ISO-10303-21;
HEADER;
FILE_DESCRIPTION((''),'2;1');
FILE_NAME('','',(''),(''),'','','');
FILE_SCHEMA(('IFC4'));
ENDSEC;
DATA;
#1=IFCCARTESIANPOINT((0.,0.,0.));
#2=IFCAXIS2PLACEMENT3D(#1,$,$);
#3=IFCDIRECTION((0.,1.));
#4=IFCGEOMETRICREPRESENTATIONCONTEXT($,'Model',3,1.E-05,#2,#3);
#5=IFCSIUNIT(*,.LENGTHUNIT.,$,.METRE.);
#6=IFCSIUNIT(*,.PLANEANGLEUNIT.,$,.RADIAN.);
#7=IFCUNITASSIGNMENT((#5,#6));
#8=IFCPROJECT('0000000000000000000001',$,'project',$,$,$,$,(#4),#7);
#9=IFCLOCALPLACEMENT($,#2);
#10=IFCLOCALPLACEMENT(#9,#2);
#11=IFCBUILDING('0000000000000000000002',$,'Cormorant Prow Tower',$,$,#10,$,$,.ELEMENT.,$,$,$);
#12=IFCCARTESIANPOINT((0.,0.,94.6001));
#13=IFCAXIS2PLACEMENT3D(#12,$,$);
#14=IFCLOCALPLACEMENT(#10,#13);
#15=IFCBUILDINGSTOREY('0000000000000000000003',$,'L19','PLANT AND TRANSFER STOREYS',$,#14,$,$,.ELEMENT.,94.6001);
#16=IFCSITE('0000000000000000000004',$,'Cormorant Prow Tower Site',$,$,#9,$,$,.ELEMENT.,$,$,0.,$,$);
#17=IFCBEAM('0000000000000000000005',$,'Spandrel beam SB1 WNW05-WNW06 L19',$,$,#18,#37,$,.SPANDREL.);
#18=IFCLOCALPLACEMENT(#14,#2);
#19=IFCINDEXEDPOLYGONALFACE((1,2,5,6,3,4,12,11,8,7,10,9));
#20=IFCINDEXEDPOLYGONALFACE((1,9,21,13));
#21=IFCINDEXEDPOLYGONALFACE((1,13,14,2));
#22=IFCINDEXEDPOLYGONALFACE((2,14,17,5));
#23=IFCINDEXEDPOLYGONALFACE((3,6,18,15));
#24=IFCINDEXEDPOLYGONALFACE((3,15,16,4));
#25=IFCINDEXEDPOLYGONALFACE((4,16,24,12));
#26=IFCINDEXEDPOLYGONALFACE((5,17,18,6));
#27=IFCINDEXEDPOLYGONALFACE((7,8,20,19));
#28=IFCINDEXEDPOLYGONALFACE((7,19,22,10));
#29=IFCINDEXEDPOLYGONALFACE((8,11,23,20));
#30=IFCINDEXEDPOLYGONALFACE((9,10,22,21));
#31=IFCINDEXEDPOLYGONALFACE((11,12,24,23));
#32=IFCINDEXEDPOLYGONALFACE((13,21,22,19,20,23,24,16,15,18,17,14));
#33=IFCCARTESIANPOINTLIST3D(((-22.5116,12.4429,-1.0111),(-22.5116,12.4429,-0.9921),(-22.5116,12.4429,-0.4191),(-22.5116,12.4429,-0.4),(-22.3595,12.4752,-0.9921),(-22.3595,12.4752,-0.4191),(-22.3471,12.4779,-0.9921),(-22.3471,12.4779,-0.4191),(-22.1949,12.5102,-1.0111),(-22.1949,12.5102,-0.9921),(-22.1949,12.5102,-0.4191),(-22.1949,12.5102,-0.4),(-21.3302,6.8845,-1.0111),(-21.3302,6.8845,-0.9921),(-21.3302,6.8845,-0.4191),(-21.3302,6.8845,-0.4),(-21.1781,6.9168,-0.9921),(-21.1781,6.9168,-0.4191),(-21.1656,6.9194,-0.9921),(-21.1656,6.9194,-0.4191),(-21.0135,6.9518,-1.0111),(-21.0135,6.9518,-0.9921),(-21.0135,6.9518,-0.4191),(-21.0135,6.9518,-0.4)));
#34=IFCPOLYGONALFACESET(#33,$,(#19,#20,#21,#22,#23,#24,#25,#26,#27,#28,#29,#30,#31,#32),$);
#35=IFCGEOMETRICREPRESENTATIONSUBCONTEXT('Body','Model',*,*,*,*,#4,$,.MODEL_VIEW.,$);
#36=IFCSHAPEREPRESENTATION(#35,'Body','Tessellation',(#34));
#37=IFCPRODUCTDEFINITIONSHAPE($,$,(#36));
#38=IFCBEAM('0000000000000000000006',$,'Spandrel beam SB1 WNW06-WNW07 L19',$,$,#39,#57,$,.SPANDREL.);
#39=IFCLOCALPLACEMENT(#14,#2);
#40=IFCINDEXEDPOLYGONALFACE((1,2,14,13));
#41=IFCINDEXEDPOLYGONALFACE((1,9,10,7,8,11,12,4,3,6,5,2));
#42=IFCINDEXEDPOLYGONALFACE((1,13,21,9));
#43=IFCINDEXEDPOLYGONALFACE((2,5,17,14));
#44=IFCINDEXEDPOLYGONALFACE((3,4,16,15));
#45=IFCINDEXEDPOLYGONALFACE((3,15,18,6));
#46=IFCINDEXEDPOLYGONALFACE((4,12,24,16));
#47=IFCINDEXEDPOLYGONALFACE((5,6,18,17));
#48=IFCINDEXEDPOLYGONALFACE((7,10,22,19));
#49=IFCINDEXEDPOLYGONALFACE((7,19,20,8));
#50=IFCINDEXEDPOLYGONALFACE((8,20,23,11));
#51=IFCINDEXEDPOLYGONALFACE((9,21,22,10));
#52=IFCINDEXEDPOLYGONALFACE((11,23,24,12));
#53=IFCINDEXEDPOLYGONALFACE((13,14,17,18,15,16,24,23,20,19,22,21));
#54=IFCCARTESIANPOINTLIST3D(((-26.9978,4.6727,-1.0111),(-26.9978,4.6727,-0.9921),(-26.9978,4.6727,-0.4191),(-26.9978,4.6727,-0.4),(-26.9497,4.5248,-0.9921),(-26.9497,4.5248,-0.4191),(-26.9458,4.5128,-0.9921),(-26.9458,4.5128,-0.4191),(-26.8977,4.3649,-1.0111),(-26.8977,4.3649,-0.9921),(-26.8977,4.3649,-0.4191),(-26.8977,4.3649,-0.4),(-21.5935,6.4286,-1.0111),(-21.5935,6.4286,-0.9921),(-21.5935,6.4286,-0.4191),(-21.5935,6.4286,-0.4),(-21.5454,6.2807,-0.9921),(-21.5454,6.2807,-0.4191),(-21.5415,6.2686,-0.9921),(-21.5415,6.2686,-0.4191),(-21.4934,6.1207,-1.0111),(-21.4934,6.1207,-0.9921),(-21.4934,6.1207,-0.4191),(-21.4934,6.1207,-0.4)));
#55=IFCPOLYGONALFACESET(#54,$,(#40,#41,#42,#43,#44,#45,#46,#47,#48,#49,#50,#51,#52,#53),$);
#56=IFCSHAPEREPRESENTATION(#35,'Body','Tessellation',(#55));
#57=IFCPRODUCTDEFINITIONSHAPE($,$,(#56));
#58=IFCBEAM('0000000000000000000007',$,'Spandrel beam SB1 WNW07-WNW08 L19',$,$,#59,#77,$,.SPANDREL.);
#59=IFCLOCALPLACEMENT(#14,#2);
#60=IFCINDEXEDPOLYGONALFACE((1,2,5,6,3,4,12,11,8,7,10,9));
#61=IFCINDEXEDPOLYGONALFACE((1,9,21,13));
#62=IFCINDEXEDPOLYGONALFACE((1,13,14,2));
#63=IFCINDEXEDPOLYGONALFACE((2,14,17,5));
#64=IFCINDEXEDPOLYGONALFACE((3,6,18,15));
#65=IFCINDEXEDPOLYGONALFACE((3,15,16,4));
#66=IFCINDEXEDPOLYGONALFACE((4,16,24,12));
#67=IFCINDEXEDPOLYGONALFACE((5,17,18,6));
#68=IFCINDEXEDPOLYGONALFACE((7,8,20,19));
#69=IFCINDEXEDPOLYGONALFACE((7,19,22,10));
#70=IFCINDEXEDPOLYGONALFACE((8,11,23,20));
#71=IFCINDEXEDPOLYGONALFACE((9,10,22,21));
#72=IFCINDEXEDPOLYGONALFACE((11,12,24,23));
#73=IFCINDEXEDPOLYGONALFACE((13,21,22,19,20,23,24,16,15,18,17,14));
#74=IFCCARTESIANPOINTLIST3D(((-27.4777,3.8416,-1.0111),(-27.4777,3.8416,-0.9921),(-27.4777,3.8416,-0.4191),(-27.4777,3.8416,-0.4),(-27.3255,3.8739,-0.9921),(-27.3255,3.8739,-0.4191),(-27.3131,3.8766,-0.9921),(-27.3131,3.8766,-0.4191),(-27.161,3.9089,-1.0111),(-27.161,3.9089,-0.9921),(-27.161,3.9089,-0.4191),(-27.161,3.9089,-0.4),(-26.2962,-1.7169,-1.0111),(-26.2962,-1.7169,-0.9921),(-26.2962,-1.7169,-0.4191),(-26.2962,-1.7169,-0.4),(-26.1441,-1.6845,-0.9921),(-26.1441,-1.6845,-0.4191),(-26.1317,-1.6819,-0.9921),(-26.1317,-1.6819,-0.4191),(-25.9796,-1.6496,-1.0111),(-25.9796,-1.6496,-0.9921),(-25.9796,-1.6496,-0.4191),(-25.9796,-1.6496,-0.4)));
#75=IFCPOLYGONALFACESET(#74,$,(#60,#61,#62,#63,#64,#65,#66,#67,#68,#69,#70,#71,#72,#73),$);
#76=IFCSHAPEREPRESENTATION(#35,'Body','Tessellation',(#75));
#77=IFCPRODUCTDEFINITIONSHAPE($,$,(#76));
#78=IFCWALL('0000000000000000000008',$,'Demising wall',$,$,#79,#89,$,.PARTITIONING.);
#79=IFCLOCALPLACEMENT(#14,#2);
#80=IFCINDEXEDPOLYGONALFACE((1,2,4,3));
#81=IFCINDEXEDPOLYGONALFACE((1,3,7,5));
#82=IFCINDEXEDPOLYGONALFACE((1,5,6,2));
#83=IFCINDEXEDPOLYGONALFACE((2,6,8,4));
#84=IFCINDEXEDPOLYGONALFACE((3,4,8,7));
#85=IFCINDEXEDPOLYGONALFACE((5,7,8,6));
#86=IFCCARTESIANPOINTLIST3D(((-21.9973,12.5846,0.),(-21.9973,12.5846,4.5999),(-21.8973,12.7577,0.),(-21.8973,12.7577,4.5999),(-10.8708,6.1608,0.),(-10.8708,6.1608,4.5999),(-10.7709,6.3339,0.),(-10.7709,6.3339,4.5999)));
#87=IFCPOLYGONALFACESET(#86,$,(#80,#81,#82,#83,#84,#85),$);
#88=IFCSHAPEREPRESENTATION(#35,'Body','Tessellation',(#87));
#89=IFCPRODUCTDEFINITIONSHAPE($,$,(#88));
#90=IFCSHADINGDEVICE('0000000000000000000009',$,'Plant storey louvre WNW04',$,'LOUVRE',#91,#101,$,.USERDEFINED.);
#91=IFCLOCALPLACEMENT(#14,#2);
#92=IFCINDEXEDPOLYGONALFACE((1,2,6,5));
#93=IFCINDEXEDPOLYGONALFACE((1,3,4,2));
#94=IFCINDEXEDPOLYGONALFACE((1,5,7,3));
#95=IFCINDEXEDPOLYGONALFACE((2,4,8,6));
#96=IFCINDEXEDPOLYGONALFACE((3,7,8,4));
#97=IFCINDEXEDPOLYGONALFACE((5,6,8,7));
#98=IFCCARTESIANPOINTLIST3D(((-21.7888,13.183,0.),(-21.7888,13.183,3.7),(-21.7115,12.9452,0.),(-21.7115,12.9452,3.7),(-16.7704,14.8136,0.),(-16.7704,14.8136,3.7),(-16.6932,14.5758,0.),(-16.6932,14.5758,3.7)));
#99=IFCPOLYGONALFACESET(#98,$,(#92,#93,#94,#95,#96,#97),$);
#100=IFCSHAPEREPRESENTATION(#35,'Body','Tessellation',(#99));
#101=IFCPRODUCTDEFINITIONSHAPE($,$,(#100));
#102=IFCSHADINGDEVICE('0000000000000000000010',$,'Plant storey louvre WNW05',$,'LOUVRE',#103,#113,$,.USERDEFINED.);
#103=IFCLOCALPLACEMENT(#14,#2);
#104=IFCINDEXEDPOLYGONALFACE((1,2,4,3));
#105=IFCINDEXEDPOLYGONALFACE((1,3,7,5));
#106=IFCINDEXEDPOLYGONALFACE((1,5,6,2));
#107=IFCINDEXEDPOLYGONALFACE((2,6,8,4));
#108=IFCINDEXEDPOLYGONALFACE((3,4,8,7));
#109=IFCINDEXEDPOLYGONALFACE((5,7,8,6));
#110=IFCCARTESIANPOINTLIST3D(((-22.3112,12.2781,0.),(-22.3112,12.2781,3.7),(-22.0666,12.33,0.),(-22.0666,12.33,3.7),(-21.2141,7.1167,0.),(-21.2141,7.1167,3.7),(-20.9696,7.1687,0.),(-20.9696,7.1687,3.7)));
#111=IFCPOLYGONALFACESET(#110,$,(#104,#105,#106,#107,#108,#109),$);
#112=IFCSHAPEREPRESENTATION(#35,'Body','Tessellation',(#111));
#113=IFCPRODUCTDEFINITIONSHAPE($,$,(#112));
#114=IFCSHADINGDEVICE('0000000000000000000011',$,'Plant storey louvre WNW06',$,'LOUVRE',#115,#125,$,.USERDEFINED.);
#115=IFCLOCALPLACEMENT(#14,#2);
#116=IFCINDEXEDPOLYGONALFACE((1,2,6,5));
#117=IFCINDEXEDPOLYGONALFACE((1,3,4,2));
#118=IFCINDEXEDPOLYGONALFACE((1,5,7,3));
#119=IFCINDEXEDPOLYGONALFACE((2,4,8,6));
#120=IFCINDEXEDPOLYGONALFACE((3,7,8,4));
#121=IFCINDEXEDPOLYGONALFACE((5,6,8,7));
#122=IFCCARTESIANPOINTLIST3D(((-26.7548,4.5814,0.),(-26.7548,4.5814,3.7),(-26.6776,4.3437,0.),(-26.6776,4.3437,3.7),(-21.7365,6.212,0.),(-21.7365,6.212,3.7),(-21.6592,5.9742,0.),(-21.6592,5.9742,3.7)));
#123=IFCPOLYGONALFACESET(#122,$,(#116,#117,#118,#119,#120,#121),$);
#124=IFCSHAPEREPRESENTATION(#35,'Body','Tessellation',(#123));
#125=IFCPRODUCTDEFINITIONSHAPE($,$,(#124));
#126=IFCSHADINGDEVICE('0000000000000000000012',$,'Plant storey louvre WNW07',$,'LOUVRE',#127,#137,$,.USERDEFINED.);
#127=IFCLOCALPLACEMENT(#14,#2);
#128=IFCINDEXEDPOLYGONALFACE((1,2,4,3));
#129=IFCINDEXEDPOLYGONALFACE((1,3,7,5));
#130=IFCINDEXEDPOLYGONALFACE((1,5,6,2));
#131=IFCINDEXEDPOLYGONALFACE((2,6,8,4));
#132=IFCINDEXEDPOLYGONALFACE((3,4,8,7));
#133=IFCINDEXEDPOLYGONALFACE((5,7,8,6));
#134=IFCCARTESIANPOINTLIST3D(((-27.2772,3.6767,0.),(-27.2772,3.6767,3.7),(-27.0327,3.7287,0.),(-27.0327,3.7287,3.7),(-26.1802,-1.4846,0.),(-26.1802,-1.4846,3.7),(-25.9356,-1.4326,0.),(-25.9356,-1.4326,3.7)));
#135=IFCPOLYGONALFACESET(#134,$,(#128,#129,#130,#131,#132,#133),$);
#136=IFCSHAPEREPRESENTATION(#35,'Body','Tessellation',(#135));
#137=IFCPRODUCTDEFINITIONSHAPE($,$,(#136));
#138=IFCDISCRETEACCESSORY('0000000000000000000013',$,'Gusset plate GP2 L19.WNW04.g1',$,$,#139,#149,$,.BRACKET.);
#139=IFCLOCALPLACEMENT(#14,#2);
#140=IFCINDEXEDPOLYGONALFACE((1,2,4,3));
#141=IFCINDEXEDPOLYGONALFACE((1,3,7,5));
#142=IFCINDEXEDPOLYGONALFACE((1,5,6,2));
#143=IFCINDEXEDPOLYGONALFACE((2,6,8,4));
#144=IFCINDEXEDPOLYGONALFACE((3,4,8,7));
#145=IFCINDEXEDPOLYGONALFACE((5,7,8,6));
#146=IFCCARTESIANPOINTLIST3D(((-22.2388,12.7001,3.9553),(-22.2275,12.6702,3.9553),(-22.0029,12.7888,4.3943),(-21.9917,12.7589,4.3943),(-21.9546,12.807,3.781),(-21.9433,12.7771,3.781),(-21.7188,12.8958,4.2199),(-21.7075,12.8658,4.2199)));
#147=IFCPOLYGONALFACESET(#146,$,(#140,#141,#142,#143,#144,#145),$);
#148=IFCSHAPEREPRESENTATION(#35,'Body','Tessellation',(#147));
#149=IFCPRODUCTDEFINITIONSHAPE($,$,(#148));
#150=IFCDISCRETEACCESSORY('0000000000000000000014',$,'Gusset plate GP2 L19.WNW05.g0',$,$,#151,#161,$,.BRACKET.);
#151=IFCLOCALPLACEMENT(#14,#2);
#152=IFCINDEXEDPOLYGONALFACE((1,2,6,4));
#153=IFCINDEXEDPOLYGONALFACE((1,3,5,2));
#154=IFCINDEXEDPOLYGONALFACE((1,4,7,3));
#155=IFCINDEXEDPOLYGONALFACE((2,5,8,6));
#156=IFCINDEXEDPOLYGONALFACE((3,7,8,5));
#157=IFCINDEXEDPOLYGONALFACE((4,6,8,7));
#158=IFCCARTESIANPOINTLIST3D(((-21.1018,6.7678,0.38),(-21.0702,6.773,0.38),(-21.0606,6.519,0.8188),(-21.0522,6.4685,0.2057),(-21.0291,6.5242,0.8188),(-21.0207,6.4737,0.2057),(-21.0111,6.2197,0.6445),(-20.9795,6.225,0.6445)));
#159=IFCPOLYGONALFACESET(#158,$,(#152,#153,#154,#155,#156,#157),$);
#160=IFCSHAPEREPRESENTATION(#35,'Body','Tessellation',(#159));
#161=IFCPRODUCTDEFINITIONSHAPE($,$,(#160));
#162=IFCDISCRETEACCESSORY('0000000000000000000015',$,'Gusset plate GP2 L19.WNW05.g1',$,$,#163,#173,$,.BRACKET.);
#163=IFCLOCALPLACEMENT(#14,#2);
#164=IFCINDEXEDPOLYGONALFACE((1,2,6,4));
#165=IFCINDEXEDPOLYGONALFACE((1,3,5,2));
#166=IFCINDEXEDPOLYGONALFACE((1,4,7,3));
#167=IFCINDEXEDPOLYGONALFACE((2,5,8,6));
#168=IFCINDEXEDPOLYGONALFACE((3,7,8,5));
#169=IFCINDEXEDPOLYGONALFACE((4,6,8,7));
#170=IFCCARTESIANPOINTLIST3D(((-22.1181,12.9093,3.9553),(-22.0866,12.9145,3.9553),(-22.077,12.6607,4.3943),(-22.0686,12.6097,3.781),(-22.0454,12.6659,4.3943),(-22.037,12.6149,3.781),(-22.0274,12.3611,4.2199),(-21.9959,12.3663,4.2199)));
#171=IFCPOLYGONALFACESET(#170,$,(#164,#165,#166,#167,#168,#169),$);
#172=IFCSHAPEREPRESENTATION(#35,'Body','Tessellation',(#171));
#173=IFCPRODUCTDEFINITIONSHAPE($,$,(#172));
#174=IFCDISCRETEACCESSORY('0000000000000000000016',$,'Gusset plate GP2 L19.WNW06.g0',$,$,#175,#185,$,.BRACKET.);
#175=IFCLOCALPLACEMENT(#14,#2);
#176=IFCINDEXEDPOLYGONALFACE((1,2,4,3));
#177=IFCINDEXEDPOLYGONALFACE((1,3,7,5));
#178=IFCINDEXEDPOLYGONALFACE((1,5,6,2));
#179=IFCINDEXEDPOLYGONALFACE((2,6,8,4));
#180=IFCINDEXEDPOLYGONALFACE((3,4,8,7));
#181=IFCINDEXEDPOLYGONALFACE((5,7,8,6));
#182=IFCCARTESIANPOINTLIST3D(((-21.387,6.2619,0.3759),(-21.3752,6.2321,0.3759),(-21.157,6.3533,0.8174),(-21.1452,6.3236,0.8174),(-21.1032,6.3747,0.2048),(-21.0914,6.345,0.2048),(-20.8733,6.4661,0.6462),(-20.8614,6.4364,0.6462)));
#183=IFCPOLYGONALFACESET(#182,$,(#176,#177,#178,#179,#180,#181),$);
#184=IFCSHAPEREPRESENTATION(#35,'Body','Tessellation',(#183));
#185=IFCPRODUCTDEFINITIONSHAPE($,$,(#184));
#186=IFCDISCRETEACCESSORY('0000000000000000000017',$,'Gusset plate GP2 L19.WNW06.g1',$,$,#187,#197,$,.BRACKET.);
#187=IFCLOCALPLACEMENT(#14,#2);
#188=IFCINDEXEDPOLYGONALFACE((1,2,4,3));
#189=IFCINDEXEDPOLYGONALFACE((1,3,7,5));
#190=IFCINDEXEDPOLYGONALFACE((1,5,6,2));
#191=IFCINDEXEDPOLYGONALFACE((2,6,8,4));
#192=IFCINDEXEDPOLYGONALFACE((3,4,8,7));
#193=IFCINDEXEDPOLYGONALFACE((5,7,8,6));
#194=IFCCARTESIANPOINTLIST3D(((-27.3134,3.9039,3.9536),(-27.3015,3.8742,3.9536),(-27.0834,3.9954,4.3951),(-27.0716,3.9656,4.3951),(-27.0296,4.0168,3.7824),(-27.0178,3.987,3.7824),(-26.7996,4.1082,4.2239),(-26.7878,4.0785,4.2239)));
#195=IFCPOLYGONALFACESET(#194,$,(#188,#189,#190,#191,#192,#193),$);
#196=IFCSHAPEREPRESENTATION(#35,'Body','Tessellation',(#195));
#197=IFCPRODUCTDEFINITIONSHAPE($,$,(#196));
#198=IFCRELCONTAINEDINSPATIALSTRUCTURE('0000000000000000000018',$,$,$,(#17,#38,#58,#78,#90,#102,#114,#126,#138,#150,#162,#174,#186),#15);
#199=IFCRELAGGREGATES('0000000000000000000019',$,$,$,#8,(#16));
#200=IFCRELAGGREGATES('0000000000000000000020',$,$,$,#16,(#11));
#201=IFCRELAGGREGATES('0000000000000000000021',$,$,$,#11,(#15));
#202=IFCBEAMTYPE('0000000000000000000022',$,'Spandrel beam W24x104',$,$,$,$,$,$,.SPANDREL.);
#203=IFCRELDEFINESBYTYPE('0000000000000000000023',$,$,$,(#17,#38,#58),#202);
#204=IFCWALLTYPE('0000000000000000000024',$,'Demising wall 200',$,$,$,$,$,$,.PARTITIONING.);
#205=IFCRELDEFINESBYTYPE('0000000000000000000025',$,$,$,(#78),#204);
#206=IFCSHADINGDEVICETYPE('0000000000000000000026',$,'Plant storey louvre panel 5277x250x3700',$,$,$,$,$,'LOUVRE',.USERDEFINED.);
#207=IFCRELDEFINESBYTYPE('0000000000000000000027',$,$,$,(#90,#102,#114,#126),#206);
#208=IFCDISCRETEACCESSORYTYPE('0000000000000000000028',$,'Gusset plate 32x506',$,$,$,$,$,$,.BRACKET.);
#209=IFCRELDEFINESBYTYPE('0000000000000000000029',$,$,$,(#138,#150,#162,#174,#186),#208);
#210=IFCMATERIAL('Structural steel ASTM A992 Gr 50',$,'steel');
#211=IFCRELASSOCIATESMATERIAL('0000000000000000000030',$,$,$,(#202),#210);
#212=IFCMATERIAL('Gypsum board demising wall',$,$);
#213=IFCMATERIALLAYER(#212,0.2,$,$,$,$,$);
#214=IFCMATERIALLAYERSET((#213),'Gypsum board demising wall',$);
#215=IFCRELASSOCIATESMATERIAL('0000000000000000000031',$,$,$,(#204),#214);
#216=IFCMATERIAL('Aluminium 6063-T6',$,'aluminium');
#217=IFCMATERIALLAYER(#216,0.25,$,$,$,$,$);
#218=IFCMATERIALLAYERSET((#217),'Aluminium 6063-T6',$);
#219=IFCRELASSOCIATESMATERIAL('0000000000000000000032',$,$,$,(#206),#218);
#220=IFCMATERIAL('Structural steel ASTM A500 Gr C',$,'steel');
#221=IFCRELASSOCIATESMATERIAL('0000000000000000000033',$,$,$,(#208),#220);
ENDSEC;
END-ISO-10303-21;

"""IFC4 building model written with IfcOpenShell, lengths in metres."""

from ifc_helpers import new_model, si_unit, direction, frame, frame_2d, origin, origin_2d, place, context, subcontext, project, spatial, rectangle, i_section, extrude, material, layer, layer_set, material_profile, profile_set, type_object, element, save


model = new_model("IFC4")

# Units and contexts
model_context = context("Model", 3, precision=1e-05, world=origin(), true_north=direction((0.0, 1.0)))
body_context = subcontext(model_context, "Body", "Model", "MODEL_VIEW")
ifc_project = project(units=[si_unit("LENGTHUNIT", "METRE"), si_unit("PLANEANGLEUNIT", "RADIAN")], contexts=[model_context])

# Site, building, storey
site_placement = place(None, origin())
site = spatial("IfcSite", under=ifc_project, at=site_placement, Name="Cormorant Prow Tower Site", CompositionType="ELEMENT", RefElevation=0.0)
building_placement = place(site_placement, origin())
building = spatial("IfcBuilding", under=site, at=building_placement, Name="Cormorant Prow Tower", CompositionType="ELEMENT")
storey_placement = place(building_placement, frame((0.0, 0.0, 94.6001)))
storey = spatial("IfcBuildingStorey", under=building, at=storey_placement, Name="L19", Description="PLANT AND TRANSFER STOREYS", CompositionType="ELEMENT", Elevation=94.6001)

# Beams
ifc_material_1 = material(Name="Structural steel ASTM A992 Gr 50", Category="steel")
ifc_material_profile_1 = material_profile(ifc_material_1, i_section(OverallWidth=0.3237, OverallDepth=0.6111, WebThickness=0.0127, FlangeThickness=0.019, at=origin_2d()), Name="W24x104")
ifc_profile_set_1 = profile_set([ifc_material_profile_1], Name="Structural steel ASTM A992 Gr 50")
beam_type = type_object("IfcBeamType", Name="Spandrel beam W24x104", PredefinedType="SPANDREL", material=ifc_profile_set_1)
beam_1_placement = place(storey_placement, frame((-22.3533, 12.4766, -0.7056), z_axis=(0.2079, -0.97815, 0.0), x_axis=(0.97815, 0.2079, 0.0)))
element("IfcBeam", 1, at=beam_1_placement, inside=storey, type_object=beam_type, Name="Spandrel beam SB1 WNW05-WNW06 L19", PredefinedType="SPANDREL", context=body_context, shape_type="SweptSolid", body=[
    extrude(i_section(OverallWidth=0.3237, OverallDepth=0.6111, WebThickness=0.0127, FlangeThickness=0.019, at=origin_2d()), origin(), (0.0, 0.0, 1.0), 5.6826),
])
beam_2_placement = place(storey_placement, frame((-21.5435, 6.2747, -0.7056), z_axis=(-0.951062, -0.309001, 0.0), x_axis=(0.309001, -0.951062, 0.0)))
element("IfcBeam", 2, at=beam_2_placement, inside=storey, type_object=beam_type, Name="Spandrel beam SB1 WNW06-WNW07 L19", PredefinedType="SPANDREL", context=body_context, shape_type="SweptSolid", body=[
    extrude(i_section(OverallWidth=0.3237, OverallDepth=0.6111, WebThickness=0.0127, FlangeThickness=0.019, at=origin_2d()), origin(), (0.0, 0.0, 1.0), 5.6824),
])
beam_3_placement = place(storey_placement, frame((-27.3193, 3.8752, -0.7056), z_axis=(0.2079, -0.97815, 0.0), x_axis=(0.97815, 0.2079, 0.0)))
element("IfcBeam", 3, at=beam_3_placement, inside=storey, type_object=beam_type, Name="Spandrel beam SB1 WNW07-WNW08 L19", PredefinedType="SPANDREL", context=body_context, shape_type="SweptSolid", body=[
    extrude(i_section(OverallWidth=0.3237, OverallDepth=0.6111, WebThickness=0.0127, FlangeThickness=0.019, at=origin_2d()), origin(), (0.0, 0.0, 1.0), 5.6826),
])

# Wall
ifc_material_2 = material(Name="Gypsum board demising wall")
ifc_layer_1 = layer(ifc_material_2, 0.2)
ifc_layer_set_1 = layer_set([ifc_layer_1], Name="Gypsum board demising wall")
wall_type = type_object("IfcWallType", Name="Demising wall 200", PredefinedType="PARTITIONING", material=ifc_layer_set_1)
wall_placement = place(storey_placement, frame((-21.9473, 12.6711, 0.0), z_axis=(0.0, 0.0, 1.0), x_axis=(0.866027, -0.499998, 0.0)))
element("IfcWall", 4, at=wall_placement, inside=storey, type_object=wall_type, Name="Demising wall", PredefinedType="PARTITIONING", context=body_context, shape_type="SweptSolid", body=[
    extrude(rectangle(XDim=12.8477, YDim=0.2, at=frame_2d((6.4238, 0.0))), origin(), (0.0, 0.0, 1.0), 4.5999),
])

# Shading devices
ifc_material_3 = material(Name="Aluminium 6063-T6", Category="aluminium")
ifc_layer_2 = layer(ifc_material_3, 0.25)
ifc_layer_set_2 = layer_set([ifc_layer_2], Name="Aluminium 6063-T6")
shading_device_type = type_object("IfcShadingDeviceType", Name="Plant storey louvre panel 5277x250x3700", ElementType="LOUVRE", PredefinedType="USERDEFINED", material=ifc_layer_set_2)
for number, where, z_axis, x_axis, name in (
    (5, (-19.241, 13.8794, 0.0), (0.0, 0.0, 1.0), (-0.951056, -0.309017, 0.0), "Plant storey louvre WNW04"),
    (6, (-21.6404, 9.7234, 0.0), (0.0, 0.0, 1.0), (0.207912, -0.978148, 0.0), "Plant storey louvre WNW05"),
    (7, (-24.207, 5.2778, 0.0), (0.0, 0.0, 1.0), (-0.951057, -0.309017, 0.0), "Plant storey louvre WNW06"),
    (8, (-26.6064, 1.1221, 0.0), (0.0, 0.0, 1.0), (0.207912, -0.978148, 0.0), "Plant storey louvre WNW07"),
):
    element("IfcShadingDevice", number, at=place(storey_placement, frame(where, z_axis=z_axis, x_axis=x_axis)), inside=storey, type_object=shading_device_type, Name=name, ObjectType="LOUVRE", PredefinedType="USERDEFINED", context=body_context, shape_type="SweptSolid", body=[
        extrude(rectangle(XDim=5.2766, YDim=0.25, at=origin_2d()), origin(), (0.0, 0.0, 1.0), 3.7),
    ])

# Discrete accessories
ifc_material_4 = material(Name="Structural steel ASTM A500 Gr C", Category="steel")
ifc_material_profile_2 = material_profile(ifc_material_4, rectangle(XDim=0.032, YDim=0.5061, at=origin_2d()), Name="Gusset plate 32x506")
ifc_profile_set_2 = profile_set([ifc_material_profile_2], Name="Structural steel ASTM A500 Gr C")
discrete_accessory_type_1 = type_object("IfcDiscreteAccessoryType", Name="Gusset plate 32x506", PredefinedType="BRACKET", material=ifc_profile_set_2)
discrete_accessory_1_placement = place(storey_placement, frame((-21.8311, 12.8364, 4.0005), z_axis=(-0.81168, -0.305426, 0.497886), x_axis=(0.352181, -0.935932, 0.0)))
element("IfcDiscreteAccessory", 9, at=discrete_accessory_1_placement, inside=storey, type_object=discrete_accessory_type_1, Name="Gusset plate GP2 L19.WNW04.g1", PredefinedType="BRACKET", context=body_context, shape_type="SweptSolid", body=[
    extrude(rectangle(XDim=0.032, YDim=0.5061, at=origin_2d()), origin(), (0.0, 0.0, 1.0), 0.3501),
])
discrete_accessory_2_placement = place(storey_placement, frame((-21.0654, 6.646, 0.5994), z_axis=(0.14164, -0.855425, -0.498184), x_axis=(0.986567, 0.163355, 0.0)))
element("IfcDiscreteAccessory", 10, at=discrete_accessory_2_placement, inside=storey, type_object=discrete_accessory_type_1, Name="Gusset plate GP2 L19.WNW05.g0", PredefinedType="BRACKET", context=body_context, shape_type="SweptSolid", body=[
    extrude(rectangle(XDim=0.032, YDim=0.5061, at=origin_2d()), origin(), (0.0, 0.0, 1.0), 0.3499),
])
for number, where, z_axis, x_axis, name in (
    (11, (-22.0322, 12.488, 4.0005), (-0.141556, 0.855612, 0.497886), (-0.986589, -0.163225, 0.0), "Gusset plate GP2 L19.WNW05.g1"),
    (12, (-21.2661, 6.2927, 0.5967), (0.810571, 0.322275, -0.488993), (-0.36946, 0.929247, 0.0), "Gusset plate GP2 L19.WNW06.g0"),
    (13, (-26.9087, 4.0476, 4.0032), (-0.810571, -0.322275, 0.488993), (0.36946, -0.929247, 0.0), "Gusset plate GP2 L19.WNW06.g1"),
):
    element("IfcDiscreteAccessory", number, at=place(storey_placement, frame(where, z_axis=z_axis, x_axis=x_axis)), inside=storey, type_object=discrete_accessory_type_1, Name=name, PredefinedType="BRACKET", context=body_context, shape_type="SweptSolid", body=[
        extrude(rectangle(XDim=0.032, YDim=0.5061, at=origin_2d()), origin(), (0.0, 0.0, 1.0), 0.3501),
    ])

save(model, "model.ifc")
